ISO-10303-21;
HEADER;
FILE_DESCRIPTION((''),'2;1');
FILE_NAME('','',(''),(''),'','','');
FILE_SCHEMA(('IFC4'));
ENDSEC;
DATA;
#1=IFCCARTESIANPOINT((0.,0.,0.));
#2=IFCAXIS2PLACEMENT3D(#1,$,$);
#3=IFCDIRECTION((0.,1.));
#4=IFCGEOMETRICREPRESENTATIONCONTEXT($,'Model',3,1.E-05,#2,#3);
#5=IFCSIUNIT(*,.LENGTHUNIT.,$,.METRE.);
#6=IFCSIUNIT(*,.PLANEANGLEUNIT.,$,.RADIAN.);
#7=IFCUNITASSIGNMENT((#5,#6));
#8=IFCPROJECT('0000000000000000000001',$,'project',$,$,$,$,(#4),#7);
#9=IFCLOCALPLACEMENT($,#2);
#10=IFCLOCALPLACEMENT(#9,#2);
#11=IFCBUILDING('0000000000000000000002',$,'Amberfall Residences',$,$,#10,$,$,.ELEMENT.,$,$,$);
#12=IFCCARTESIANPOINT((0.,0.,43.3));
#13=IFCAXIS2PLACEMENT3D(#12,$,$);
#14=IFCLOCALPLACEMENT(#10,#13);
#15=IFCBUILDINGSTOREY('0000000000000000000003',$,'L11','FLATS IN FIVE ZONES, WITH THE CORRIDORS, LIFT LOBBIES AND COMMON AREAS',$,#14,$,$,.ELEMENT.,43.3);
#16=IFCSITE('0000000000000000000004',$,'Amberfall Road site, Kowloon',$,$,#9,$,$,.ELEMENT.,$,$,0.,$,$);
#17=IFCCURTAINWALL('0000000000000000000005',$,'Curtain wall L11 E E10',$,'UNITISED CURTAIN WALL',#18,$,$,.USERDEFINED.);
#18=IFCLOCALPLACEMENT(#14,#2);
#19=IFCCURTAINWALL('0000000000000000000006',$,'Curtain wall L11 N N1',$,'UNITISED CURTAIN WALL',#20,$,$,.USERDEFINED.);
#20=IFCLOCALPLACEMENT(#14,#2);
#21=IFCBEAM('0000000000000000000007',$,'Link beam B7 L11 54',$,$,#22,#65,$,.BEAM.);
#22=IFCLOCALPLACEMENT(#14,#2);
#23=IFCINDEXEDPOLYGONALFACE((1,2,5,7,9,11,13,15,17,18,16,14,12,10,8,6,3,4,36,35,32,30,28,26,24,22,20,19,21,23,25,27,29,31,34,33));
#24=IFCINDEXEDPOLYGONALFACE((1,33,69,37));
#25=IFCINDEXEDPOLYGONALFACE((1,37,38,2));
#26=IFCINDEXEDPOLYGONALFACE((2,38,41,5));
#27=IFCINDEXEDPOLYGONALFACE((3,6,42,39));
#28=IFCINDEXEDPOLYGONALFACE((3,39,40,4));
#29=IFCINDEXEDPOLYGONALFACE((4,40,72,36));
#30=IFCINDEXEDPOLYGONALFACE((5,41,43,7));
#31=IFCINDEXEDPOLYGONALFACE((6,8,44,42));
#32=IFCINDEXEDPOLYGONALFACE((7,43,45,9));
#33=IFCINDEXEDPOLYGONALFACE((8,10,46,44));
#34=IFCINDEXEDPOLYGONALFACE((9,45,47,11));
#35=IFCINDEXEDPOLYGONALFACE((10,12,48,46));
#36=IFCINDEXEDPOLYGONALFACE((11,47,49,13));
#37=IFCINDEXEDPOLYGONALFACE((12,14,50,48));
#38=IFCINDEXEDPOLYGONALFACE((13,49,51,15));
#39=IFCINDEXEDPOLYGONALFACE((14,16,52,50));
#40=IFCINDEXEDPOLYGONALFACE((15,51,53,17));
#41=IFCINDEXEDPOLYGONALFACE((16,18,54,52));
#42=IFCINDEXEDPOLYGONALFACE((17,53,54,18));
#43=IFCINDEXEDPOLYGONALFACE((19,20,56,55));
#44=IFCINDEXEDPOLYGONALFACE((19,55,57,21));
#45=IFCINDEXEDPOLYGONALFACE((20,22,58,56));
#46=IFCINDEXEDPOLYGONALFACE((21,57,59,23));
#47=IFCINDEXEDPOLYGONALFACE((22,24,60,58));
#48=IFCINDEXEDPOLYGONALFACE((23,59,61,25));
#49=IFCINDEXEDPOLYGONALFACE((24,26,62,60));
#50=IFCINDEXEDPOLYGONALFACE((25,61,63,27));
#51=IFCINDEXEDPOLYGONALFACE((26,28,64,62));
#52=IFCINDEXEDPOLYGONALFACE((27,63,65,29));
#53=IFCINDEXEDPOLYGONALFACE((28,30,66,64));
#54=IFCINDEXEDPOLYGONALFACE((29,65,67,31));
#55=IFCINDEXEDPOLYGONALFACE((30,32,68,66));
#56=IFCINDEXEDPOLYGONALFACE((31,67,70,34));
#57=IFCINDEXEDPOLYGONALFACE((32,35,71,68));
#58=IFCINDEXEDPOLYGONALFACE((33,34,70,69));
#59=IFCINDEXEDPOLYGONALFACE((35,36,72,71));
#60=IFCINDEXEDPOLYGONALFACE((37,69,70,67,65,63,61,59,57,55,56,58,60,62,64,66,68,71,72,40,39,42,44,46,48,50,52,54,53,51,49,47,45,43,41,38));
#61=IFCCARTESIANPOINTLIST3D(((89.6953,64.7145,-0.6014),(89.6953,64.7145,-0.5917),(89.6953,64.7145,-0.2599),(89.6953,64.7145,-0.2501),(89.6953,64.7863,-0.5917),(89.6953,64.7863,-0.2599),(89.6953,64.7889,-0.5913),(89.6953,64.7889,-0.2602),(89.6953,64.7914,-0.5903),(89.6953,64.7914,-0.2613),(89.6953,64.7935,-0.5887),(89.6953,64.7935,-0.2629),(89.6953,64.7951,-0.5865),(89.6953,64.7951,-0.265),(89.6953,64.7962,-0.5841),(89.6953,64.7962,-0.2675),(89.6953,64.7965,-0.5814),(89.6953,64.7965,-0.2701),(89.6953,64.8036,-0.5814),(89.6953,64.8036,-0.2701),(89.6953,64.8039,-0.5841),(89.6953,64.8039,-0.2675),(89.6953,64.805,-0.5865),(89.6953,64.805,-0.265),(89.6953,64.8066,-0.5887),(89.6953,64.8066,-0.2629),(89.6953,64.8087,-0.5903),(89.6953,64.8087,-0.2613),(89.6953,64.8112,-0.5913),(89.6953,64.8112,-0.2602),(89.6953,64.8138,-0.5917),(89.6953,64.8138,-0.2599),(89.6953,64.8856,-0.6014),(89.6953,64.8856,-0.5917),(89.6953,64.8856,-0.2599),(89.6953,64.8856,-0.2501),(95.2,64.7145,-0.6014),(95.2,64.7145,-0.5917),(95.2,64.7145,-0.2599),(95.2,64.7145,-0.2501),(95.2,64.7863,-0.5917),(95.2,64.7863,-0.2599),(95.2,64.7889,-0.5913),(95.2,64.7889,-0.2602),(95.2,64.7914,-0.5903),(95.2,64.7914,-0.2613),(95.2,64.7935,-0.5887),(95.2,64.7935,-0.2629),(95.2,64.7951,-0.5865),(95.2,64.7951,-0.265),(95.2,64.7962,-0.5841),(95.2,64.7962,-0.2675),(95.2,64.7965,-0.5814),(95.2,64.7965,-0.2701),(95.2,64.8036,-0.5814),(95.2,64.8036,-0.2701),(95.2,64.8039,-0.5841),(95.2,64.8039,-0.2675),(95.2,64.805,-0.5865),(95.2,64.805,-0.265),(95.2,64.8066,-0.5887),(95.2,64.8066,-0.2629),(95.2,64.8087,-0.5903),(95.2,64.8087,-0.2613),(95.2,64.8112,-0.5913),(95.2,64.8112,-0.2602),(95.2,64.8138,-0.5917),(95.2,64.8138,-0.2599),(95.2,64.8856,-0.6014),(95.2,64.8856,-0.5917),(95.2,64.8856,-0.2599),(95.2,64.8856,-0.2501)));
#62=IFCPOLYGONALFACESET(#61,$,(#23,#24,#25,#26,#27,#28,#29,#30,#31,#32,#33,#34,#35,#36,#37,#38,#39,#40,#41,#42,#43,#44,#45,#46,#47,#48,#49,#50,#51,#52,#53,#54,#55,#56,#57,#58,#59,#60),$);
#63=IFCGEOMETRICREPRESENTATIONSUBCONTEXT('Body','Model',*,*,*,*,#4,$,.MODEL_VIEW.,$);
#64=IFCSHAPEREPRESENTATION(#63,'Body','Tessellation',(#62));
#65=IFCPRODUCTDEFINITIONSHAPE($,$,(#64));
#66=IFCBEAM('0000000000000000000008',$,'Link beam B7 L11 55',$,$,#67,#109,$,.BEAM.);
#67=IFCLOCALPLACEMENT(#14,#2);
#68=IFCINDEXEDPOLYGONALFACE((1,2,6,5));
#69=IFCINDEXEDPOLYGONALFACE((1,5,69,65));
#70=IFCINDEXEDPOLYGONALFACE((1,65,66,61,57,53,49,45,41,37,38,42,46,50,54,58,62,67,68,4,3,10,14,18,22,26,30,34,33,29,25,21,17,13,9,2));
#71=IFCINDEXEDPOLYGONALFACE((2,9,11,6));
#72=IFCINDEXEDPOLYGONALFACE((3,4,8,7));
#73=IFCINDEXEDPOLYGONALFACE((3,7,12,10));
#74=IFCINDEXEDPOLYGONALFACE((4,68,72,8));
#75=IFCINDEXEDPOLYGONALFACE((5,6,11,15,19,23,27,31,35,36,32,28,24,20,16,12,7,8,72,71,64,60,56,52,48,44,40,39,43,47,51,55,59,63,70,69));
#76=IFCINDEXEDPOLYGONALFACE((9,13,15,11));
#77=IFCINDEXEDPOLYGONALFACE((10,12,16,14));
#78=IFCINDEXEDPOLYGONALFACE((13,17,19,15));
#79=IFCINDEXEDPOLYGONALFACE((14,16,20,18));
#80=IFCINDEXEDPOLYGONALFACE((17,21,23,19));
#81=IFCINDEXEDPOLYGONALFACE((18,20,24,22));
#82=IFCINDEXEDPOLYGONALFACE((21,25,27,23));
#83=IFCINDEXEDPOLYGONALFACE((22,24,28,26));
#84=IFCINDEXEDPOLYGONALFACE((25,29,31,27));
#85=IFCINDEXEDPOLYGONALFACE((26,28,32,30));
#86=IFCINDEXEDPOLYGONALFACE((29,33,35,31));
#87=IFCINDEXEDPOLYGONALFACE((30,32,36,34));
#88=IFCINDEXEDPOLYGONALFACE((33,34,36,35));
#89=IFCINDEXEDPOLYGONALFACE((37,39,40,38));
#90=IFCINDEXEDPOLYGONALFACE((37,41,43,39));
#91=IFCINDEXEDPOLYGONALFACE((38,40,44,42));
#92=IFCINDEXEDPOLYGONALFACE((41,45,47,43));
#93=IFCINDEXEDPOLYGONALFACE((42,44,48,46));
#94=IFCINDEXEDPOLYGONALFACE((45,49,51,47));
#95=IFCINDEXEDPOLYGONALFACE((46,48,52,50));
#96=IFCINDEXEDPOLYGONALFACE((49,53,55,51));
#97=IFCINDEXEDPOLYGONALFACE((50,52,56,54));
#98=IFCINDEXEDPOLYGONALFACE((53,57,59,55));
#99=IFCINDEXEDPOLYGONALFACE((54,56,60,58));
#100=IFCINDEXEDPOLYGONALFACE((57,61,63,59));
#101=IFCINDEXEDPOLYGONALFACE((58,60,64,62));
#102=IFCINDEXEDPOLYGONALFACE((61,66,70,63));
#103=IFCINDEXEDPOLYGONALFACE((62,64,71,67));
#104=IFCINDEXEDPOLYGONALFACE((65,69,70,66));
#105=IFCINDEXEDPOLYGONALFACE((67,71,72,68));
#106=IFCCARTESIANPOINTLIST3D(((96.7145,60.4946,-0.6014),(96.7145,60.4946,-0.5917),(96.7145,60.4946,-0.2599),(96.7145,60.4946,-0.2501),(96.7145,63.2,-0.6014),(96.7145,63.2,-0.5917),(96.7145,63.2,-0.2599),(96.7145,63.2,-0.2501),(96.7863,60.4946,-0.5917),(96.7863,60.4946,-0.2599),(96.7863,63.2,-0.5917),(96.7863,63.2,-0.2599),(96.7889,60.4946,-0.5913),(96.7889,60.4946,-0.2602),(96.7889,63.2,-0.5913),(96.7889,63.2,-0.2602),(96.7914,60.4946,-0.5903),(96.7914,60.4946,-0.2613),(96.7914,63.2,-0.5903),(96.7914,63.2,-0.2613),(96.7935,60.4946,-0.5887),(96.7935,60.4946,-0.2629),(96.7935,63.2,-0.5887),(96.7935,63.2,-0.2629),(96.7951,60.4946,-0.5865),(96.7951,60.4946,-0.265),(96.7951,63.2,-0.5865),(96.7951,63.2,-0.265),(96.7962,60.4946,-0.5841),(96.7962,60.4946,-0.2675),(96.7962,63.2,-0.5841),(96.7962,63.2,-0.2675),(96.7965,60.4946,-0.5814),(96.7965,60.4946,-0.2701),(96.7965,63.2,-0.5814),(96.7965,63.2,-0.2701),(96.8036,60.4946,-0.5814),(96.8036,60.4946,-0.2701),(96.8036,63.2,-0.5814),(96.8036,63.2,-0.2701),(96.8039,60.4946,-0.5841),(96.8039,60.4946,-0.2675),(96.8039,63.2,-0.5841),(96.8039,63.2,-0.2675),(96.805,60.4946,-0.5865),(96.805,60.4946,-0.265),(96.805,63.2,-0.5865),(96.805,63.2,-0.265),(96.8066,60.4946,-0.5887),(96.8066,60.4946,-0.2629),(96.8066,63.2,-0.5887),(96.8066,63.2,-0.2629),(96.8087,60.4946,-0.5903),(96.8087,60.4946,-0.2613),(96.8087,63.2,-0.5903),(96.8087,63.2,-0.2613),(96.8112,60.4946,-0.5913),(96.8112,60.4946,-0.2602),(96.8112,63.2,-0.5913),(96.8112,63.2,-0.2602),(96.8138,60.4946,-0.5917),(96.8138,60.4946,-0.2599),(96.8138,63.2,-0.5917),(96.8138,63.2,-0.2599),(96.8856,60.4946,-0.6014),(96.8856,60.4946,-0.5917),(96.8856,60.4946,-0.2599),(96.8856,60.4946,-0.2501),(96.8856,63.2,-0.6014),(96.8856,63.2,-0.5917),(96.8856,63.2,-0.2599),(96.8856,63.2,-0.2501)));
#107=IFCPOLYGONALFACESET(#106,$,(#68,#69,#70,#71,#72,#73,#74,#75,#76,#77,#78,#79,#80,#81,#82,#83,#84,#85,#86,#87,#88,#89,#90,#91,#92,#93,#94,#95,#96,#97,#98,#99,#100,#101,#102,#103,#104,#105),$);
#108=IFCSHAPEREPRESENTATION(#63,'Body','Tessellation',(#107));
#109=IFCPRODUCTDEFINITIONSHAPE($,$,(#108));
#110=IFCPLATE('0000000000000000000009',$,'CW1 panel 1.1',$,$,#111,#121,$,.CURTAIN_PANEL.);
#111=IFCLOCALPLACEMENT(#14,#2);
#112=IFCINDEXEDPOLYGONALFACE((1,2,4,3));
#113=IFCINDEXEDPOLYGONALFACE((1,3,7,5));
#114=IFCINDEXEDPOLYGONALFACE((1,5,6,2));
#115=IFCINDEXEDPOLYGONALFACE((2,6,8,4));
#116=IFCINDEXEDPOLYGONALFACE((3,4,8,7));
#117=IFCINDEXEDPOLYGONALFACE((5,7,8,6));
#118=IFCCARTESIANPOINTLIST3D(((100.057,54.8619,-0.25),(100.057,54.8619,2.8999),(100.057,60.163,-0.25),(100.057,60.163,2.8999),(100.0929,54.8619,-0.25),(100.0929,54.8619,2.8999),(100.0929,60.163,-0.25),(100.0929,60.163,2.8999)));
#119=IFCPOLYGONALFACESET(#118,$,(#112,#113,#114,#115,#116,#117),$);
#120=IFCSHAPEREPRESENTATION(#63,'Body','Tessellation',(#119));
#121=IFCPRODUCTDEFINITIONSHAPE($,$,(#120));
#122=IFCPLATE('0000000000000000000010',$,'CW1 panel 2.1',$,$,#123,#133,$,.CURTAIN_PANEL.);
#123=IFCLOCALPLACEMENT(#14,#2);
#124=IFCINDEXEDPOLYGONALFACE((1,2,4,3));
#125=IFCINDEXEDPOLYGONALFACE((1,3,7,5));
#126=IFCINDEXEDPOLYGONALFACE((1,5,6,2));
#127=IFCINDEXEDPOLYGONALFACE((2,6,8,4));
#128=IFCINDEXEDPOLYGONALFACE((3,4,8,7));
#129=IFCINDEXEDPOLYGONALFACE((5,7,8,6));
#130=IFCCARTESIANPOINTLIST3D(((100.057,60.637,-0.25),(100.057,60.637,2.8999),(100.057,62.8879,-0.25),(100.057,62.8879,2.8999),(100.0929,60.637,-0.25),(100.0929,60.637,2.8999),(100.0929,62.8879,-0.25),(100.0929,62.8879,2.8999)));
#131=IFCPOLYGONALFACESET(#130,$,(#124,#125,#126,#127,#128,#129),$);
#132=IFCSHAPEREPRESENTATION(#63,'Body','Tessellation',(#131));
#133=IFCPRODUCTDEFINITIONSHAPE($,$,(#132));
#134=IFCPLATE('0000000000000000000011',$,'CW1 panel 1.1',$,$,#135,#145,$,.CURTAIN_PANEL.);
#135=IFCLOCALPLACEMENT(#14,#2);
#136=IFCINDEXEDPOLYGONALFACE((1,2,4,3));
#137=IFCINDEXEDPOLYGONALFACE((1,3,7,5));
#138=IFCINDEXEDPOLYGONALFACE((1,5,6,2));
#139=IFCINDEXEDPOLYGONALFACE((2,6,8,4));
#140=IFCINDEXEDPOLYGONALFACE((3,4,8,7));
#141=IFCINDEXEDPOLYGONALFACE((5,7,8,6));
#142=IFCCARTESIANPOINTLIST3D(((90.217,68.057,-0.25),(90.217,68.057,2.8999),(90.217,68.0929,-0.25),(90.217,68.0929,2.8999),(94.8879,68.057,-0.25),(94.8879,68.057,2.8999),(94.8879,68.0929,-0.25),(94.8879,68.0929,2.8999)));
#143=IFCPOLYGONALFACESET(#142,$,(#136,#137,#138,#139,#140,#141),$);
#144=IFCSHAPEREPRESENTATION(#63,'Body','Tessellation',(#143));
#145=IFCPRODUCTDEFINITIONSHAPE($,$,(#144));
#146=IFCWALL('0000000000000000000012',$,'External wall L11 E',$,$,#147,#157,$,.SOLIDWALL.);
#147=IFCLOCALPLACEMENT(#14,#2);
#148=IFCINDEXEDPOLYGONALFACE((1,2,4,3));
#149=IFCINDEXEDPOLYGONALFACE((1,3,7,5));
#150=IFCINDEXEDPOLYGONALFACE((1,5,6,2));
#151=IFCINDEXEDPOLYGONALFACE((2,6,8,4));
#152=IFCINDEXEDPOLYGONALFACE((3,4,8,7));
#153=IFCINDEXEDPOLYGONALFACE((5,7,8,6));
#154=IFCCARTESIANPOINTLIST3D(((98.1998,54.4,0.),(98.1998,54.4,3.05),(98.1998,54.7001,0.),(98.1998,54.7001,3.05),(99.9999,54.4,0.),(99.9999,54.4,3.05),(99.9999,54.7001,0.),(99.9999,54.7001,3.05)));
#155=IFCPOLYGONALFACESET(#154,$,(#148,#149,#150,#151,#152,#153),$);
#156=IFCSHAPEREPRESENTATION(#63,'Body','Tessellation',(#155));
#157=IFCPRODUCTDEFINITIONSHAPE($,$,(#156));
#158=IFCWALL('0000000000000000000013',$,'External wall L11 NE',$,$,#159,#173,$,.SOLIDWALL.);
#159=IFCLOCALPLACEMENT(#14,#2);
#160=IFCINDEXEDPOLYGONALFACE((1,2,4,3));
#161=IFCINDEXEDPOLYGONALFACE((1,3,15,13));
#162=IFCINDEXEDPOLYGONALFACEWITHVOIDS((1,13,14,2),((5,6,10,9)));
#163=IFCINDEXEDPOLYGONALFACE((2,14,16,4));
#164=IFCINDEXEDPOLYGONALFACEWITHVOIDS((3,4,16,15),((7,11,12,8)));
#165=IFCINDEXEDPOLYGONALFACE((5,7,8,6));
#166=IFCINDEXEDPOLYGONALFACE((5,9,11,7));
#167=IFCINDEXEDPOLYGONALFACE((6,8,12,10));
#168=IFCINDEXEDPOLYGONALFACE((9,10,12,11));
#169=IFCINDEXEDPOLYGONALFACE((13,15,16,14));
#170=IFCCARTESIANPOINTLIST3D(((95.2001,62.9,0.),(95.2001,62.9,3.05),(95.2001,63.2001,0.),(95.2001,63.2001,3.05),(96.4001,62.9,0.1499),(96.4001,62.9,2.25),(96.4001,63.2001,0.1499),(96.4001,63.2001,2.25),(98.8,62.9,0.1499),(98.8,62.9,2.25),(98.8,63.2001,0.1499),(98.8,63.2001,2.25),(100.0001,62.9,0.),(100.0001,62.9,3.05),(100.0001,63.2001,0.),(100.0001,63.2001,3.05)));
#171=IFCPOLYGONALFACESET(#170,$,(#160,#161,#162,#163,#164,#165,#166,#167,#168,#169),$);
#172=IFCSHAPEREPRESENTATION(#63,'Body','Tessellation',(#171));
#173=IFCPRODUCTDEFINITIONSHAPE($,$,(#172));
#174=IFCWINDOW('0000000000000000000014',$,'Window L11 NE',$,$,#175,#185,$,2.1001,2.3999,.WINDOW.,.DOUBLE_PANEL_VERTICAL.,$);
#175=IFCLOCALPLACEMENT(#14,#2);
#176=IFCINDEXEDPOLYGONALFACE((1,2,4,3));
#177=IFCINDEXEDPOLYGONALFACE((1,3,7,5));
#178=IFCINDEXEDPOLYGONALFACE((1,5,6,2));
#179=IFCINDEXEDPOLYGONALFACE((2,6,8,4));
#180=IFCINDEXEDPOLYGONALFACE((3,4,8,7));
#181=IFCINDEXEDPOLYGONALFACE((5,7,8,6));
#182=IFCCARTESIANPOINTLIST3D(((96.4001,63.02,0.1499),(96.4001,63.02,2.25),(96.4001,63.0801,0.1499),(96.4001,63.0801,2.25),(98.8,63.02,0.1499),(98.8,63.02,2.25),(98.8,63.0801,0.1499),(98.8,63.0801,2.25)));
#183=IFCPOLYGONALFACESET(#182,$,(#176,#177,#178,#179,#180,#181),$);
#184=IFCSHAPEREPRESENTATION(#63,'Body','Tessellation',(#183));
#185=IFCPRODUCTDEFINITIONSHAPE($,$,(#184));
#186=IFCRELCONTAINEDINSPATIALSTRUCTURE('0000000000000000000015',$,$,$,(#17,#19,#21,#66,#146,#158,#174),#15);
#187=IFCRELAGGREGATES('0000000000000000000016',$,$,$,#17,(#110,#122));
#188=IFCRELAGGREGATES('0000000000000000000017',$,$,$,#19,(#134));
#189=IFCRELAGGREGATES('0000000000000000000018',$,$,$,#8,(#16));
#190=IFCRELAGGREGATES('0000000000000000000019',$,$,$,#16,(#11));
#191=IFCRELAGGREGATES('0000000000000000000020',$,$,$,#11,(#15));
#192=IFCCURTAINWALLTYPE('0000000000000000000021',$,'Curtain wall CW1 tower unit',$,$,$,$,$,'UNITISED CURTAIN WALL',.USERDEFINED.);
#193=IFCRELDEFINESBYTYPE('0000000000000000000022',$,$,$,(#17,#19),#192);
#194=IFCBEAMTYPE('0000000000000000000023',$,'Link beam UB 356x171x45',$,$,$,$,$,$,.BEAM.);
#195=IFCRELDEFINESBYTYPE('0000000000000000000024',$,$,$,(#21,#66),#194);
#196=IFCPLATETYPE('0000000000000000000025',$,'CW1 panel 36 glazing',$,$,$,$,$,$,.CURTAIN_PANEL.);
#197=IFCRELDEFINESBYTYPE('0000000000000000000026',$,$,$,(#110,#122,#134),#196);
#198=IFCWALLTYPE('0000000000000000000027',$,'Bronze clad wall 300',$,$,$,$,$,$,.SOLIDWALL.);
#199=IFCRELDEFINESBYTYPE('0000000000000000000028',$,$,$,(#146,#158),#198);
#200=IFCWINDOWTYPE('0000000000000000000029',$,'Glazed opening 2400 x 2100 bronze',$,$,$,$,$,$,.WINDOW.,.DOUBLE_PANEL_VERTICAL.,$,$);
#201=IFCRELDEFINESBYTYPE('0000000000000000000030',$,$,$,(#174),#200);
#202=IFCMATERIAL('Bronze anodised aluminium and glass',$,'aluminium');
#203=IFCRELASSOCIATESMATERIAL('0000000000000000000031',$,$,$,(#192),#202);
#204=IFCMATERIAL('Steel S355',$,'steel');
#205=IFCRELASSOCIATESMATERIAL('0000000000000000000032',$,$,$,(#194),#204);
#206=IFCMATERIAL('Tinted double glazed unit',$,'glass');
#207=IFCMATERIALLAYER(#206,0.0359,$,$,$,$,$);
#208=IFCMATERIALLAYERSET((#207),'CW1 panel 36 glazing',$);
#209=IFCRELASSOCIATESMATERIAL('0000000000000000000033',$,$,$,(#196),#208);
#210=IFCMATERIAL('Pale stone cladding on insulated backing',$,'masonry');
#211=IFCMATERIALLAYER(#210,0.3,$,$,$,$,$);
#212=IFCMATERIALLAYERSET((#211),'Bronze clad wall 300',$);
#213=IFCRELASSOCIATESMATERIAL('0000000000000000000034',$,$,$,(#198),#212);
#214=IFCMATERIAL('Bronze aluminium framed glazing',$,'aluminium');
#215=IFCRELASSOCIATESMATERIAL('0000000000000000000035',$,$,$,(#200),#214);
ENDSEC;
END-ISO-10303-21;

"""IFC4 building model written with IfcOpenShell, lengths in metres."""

from ifc_helpers import new_model, si_unit, direction, frame, frame_2d, origin, origin_2d, place, context, subcontext, project, spatial, rectangle, i_section, extrude, material, layer, layer_set, material_profile, profile_set, type_object, element, fill, aggregate, save


model = new_model("IFC4")

# Units and contexts
model_context = context("Model", 3, precision=1e-05, world=origin(), true_north=direction((0.0, 1.0)))
body_context = subcontext(model_context, "Body", "Model", "MODEL_VIEW")
ifc_project = project(units=[si_unit("LENGTHUNIT", "METRE"), si_unit("PLANEANGLEUNIT", "RADIAN")], contexts=[model_context])

# Site, building, storey
site_placement = place(None, origin())
site = spatial("IfcSite", under=ifc_project, at=site_placement, Name="Amberfall Road site, Kowloon", CompositionType="ELEMENT", RefElevation=0.0)
building_placement = place(site_placement, origin())
building = spatial("IfcBuilding", under=site, at=building_placement, Name="Amberfall Residences", CompositionType="ELEMENT")
storey_placement = place(building_placement, frame((0.0, 0.0, 43.3)))
storey = spatial("IfcBuildingStorey", under=building, at=storey_placement, Name="L11", Description="FLATS IN FIVE ZONES, WITH THE CORRIDORS, LIFT LOBBIES AND COMMON AREAS", CompositionType="ELEMENT", Elevation=43.3)

# Curtain wall
ifc_material_1 = material(Name="Bronze anodised aluminium and glass", Category="aluminium")
curtain_wall_type = type_object("IfcCurtainWallType", Name="Curtain wall CW1 tower unit", ElementType="UNITISED CURTAIN WALL", PredefinedType="USERDEFINED", material=ifc_material_1)
curtain_wall_1_placement = place(storey_placement, origin())
curtain_wall_1 = element("IfcCurtainWall", 1, at=curtain_wall_1_placement, inside=storey, type_object=curtain_wall_type, Name="Curtain wall L11 E E10", ObjectType="UNITISED CURTAIN WALL", PredefinedType="USERDEFINED")

# Curtain wall
curtain_wall_2_placement = place(storey_placement, origin())
curtain_wall_2 = element("IfcCurtainWall", 2, at=curtain_wall_2_placement, inside=storey, type_object=curtain_wall_type, Name="Curtain wall L11 N N1", ObjectType="UNITISED CURTAIN WALL", PredefinedType="USERDEFINED")

# Beams
ifc_material_2 = material(Name="Steel S355", Category="steel")
ifc_material_profile_1 = material_profile(ifc_material_2, i_section(OverallWidth=0.1711, OverallDepth=0.3513, WebThickness=0.0071, FlangeThickness=0.0098, FilletRadius=0.0103, at=origin_2d()), Name="UB 356x171x45")
ifc_profile_set_1 = profile_set([ifc_material_profile_1], Name="Steel S355")
beam_type_1 = type_object("IfcBeamType", Name="Link beam UB 356x171x45", PredefinedType="BEAM", material=ifc_profile_set_1)
beam_1_placement = place(storey_placement, frame((95.2, 64.8, -0.4258), z_axis=(-1.0, 0.0, 0.0), x_axis=(0.0, -1.0, 0.0)))
element("IfcBeam", 3, at=beam_1_placement, inside=storey, type_object=beam_type_1, Name="Link beam B7 L11 54", PredefinedType="BEAM", context=body_context, shape_type="SweptSolid", body=[
    extrude(i_section(OverallWidth=0.1711, OverallDepth=0.3513, WebThickness=0.0071, FlangeThickness=0.0098, FilletRadius=0.0103, at=origin_2d()), origin(), (0.0, 0.0, 1.0), 5.5046),
])
beam_2_placement = place(storey_placement, frame((96.8, 63.2, -0.4258), z_axis=(0.0, -1.0, 0.0), x_axis=(1.0, 0.0, 0.0)))
element("IfcBeam", 4, at=beam_2_placement, inside=storey, type_object=beam_type_1, Name="Link beam B7 L11 55", PredefinedType="BEAM", context=body_context, shape_type="SweptSolid", body=[
    extrude(i_section(OverallWidth=0.1711, OverallDepth=0.3513, WebThickness=0.0071, FlangeThickness=0.0098, FilletRadius=0.0103, at=origin_2d()), origin(), (0.0, 0.0, 1.0), 2.7053),
])

# Plates
ifc_material_3 = material(Name="Tinted double glazed unit", Category="glass")
ifc_layer_1 = layer(ifc_material_3, 0.0359)
ifc_layer_set_1 = layer_set([ifc_layer_1], Name="CW1 panel 36 glazing")
plate_type = type_object("IfcPlateType", Name="CW1 panel 36 glazing", PredefinedType="CURTAIN_PANEL", material=ifc_layer_set_1)
plate_1_placement = place(storey_placement, frame((100.075, 57.5125, -0.25), z_axis=(0.0, 0.0, 1.0), x_axis=(0.0, 1.0, 0.0)))
plate_1 = element("IfcPlate", 5, at=plate_1_placement, type_object=plate_type, Name="CW1 panel 1.1", PredefinedType="CURTAIN_PANEL", context=body_context, shape_type="SweptSolid", body=[
    extrude(rectangle(XDim=5.301, YDim=0.0359, at=origin_2d()), origin(), (0.0, 0.0, 1.0), 3.1499),
])
plate_2_placement = place(storey_placement, frame((100.075, 61.7625, -0.25), z_axis=(0.0, 0.0, 1.0), x_axis=(0.0, 1.0, 0.0)))
plate_2 = element("IfcPlate", 6, at=plate_2_placement, type_object=plate_type, Name="CW1 panel 2.1", PredefinedType="CURTAIN_PANEL", context=body_context, shape_type="SweptSolid", body=[
    extrude(rectangle(XDim=2.251, YDim=0.0359, at=origin_2d()), origin(), (0.0, 0.0, 1.0), 3.1499),
])
aggregate(curtain_wall_1, [plate_1, plate_2])
plate_3_placement = place(storey_placement, frame((92.5525, 68.075, -0.25), z_axis=(0.0, 0.0, 1.0), x_axis=(-1.0, 0.0, 0.0)))
plate_3 = element("IfcPlate", 7, at=plate_3_placement, type_object=plate_type, Name="CW1 panel 1.1", PredefinedType="CURTAIN_PANEL", context=body_context, shape_type="SweptSolid", body=[
    extrude(rectangle(XDim=4.6709, YDim=0.0359, at=origin_2d()), origin(), (0.0, 0.0, 1.0), 3.1499),
])
aggregate(curtain_wall_2, [plate_3])

# Wall
ifc_material_4 = material(Name="Pale stone cladding on insulated backing", Category="masonry")
ifc_layer_2 = layer(ifc_material_4, 0.3)
ifc_layer_set_2 = layer_set([ifc_layer_2], Name="Bronze clad wall 300")
wall_type_1 = type_object("IfcWallType", Name="Bronze clad wall 300", PredefinedType="SOLIDWALL", material=ifc_layer_set_2)
wall_1_placement = place(storey_placement, frame((98.2, 54.55, 0.0), z_axis=(0.0, 0.0, 1.0), x_axis=(1.0, 0.0, 0.0)))
element("IfcWall", 8, at=wall_1_placement, inside=storey, type_object=wall_type_1, Name="External wall L11 E", PredefinedType="SOLIDWALL", context=body_context, shape_type="SweptSolid", body=[
    extrude(rectangle(XDim=1.8, YDim=0.3, at=frame_2d((0.8999, 0.0))), origin(), (0.0, 0.0, 1.0), 3.05),
])

# Wall, opening, window
wall_2_placement = place(storey_placement, frame((100.0, 63.05, 0.0), z_axis=(0.0, 0.0, 1.0), x_axis=(-1.0, 0.0, 0.0)))
wall_2 = element("IfcWall", 9, at=wall_2_placement, inside=storey, type_object=wall_type_1, Name="External wall L11 NE", PredefinedType="SOLIDWALL", context=body_context, shape_type="SweptSolid", body=[
    extrude(rectangle(XDim=4.8, YDim=0.3, at=frame_2d((2.3999, 0.0))), origin(), (0.0, 0.0, 1.0), 3.05),
])
opening_1_placement = place(wall_2_placement, frame((1.2, 0.0, 0.1499)))
opening_1 = element("IfcOpeningElement", 10, at=opening_1_placement, cuts=wall_2, PredefinedType="OPENING", context=body_context, shape_type="SweptSolid", body=[
    extrude(rectangle(XDim=2.3999, YDim=2.1001, at=frame_2d((1.2, 1.05))), frame((0.0, 0.1599, 0.0), z_axis=(0.0, -1.0, 0.0), x_axis=(1.0, 0.0, 0.0)), (0.0, 0.0, 1.0), 0.3201),
])
ifc_material_5 = material(Name="Bronze aluminium framed glazing", Category="aluminium")
window_type = type_object("IfcWindowType", Name="Glazed opening 2400 x 2100 bronze", PartitioningType="DOUBLE_PANEL_VERTICAL", PredefinedType="WINDOW", material=ifc_material_5)
window_placement = place(opening_1_placement, origin())
window = element("IfcWindow", 11, at=window_placement, inside=storey, type_object=window_type, Name="Window L11 NE", OverallHeight=2.1001, OverallWidth=2.3999, PartitioningType="DOUBLE_PANEL_VERTICAL", PredefinedType="WINDOW", context=body_context, shape_type="SweptSolid", body=[
    extrude(rectangle(XDim=2.3999, YDim=2.1001, at=frame_2d((1.2, 1.05))), frame((0.0, 0.03, 0.0), z_axis=(0.0, -1.0, 0.0), x_axis=(1.0, 0.0, 0.0)), (0.0, 0.0, 1.0), 0.0601),
])
fill(opening_1, window)

save(model, "model.ifc")
